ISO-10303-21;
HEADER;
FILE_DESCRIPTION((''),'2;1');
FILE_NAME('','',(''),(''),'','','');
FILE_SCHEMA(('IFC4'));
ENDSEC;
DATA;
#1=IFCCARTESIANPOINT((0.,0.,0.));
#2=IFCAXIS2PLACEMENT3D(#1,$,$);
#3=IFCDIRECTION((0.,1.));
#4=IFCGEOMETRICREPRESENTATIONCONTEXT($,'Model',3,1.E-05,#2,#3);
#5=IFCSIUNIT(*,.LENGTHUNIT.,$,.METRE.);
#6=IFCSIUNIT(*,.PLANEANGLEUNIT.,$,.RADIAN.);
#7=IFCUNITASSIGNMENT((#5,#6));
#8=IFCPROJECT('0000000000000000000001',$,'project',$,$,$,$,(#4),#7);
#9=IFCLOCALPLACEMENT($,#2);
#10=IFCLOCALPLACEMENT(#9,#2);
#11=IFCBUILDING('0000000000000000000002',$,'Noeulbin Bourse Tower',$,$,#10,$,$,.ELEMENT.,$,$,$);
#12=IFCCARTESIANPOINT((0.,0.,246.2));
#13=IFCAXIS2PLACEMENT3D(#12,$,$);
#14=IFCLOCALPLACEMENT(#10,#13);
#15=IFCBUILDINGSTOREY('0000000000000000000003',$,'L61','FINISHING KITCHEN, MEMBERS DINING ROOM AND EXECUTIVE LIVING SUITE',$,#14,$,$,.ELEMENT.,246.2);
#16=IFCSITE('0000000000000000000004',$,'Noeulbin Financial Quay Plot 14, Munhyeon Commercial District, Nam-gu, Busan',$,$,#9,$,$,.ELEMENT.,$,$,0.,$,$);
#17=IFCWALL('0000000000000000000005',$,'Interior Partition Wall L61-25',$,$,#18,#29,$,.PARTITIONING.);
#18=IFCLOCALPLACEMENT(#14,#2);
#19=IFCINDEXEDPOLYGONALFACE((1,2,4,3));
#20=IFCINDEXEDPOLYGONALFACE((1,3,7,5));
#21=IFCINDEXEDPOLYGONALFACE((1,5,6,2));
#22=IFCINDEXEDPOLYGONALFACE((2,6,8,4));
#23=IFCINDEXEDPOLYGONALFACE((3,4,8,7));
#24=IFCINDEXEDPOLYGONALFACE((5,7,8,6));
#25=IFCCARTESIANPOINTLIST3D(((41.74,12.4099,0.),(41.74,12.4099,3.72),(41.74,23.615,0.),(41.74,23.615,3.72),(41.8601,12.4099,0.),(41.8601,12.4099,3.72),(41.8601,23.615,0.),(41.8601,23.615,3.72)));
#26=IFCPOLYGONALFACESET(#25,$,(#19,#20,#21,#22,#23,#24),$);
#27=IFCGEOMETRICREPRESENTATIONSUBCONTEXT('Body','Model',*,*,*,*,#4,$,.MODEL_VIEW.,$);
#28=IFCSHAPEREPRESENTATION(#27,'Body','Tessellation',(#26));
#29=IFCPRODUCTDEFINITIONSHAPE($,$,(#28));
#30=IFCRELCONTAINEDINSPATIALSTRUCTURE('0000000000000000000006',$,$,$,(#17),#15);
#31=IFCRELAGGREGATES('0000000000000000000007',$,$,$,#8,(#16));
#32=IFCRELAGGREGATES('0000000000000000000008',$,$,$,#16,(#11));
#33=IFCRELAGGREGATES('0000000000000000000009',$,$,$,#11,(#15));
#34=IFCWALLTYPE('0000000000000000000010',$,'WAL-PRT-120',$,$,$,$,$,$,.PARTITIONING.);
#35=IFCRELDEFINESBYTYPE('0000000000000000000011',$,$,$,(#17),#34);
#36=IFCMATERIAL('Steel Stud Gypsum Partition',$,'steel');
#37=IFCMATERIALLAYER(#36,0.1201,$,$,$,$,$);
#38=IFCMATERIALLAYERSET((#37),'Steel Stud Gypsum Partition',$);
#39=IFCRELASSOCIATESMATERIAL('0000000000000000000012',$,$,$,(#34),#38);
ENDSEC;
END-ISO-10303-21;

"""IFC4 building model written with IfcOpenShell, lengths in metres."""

from ifc_helpers import new_model, si_unit, direction, frame, frame_2d, origin, place, context, subcontext, project, spatial, rectangle, extrude, material, layer, layer_set, type_object, element, save


model = new_model("IFC4")

# Units and contexts
model_context = context("Model", 3, precision=1e-05, world=origin(), true_north=direction((0.0, 1.0)))
body_context = subcontext(model_context, "Body", "Model", "MODEL_VIEW")
ifc_project = project(units=[si_unit("LENGTHUNIT", "METRE"), si_unit("PLANEANGLEUNIT", "RADIAN")], contexts=[model_context])

# Site, building, storey
site_placement = place(None, origin())
site = spatial("IfcSite", under=ifc_project, at=site_placement, Name="Noeulbin Financial Quay Plot 14, Munhyeon Commercial District, Nam-gu, Busan", CompositionType="ELEMENT", RefElevation=0.0)
building_placement = place(site_placement, origin())
building = spatial("IfcBuilding", under=site, at=building_placement, Name="Noeulbin Bourse Tower", CompositionType="ELEMENT")
storey_placement = place(building_placement, frame((0.0, 0.0, 246.2)))
storey = spatial("IfcBuildingStorey", under=building, at=storey_placement, Name="L61", Description="FINISHING KITCHEN, MEMBERS DINING ROOM AND EXECUTIVE LIVING SUITE", CompositionType="ELEMENT", Elevation=246.2)

# Shared definitions
ifc_material_1 = material(Name="Steel Stud Gypsum Partition", Category="steel")
ifc_layer_1 = layer(ifc_material_1, 0.1201)
ifc_layer_set_1 = layer_set([ifc_layer_1], Name="Steel Stud Gypsum Partition")
wall_type_1 = type_object("IfcWallType", Name="WAL-PRT-120", PredefinedType="PARTITIONING", material=ifc_layer_set_1)

# Wall
wall_1_placement = place(storey_placement, frame((41.8, 12.4099, 0.0), z_axis=(0.0, 0.0, 1.0), x_axis=(0.0, 1.0, 0.0)))
element("IfcWall", 1, at=wall_1_placement, inside=storey, type_object=wall_type_1, Name="Interior Partition Wall L61-25", PredefinedType="PARTITIONING", context=body_context, shape_type="SweptSolid", body=[
    extrude(rectangle(XDim=11.2051, YDim=0.1201, at=frame_2d((5.6025, 0.0))), origin(), (0.0, 0.0, 1.0), 3.72),
])

save(model, "model.ifc")
